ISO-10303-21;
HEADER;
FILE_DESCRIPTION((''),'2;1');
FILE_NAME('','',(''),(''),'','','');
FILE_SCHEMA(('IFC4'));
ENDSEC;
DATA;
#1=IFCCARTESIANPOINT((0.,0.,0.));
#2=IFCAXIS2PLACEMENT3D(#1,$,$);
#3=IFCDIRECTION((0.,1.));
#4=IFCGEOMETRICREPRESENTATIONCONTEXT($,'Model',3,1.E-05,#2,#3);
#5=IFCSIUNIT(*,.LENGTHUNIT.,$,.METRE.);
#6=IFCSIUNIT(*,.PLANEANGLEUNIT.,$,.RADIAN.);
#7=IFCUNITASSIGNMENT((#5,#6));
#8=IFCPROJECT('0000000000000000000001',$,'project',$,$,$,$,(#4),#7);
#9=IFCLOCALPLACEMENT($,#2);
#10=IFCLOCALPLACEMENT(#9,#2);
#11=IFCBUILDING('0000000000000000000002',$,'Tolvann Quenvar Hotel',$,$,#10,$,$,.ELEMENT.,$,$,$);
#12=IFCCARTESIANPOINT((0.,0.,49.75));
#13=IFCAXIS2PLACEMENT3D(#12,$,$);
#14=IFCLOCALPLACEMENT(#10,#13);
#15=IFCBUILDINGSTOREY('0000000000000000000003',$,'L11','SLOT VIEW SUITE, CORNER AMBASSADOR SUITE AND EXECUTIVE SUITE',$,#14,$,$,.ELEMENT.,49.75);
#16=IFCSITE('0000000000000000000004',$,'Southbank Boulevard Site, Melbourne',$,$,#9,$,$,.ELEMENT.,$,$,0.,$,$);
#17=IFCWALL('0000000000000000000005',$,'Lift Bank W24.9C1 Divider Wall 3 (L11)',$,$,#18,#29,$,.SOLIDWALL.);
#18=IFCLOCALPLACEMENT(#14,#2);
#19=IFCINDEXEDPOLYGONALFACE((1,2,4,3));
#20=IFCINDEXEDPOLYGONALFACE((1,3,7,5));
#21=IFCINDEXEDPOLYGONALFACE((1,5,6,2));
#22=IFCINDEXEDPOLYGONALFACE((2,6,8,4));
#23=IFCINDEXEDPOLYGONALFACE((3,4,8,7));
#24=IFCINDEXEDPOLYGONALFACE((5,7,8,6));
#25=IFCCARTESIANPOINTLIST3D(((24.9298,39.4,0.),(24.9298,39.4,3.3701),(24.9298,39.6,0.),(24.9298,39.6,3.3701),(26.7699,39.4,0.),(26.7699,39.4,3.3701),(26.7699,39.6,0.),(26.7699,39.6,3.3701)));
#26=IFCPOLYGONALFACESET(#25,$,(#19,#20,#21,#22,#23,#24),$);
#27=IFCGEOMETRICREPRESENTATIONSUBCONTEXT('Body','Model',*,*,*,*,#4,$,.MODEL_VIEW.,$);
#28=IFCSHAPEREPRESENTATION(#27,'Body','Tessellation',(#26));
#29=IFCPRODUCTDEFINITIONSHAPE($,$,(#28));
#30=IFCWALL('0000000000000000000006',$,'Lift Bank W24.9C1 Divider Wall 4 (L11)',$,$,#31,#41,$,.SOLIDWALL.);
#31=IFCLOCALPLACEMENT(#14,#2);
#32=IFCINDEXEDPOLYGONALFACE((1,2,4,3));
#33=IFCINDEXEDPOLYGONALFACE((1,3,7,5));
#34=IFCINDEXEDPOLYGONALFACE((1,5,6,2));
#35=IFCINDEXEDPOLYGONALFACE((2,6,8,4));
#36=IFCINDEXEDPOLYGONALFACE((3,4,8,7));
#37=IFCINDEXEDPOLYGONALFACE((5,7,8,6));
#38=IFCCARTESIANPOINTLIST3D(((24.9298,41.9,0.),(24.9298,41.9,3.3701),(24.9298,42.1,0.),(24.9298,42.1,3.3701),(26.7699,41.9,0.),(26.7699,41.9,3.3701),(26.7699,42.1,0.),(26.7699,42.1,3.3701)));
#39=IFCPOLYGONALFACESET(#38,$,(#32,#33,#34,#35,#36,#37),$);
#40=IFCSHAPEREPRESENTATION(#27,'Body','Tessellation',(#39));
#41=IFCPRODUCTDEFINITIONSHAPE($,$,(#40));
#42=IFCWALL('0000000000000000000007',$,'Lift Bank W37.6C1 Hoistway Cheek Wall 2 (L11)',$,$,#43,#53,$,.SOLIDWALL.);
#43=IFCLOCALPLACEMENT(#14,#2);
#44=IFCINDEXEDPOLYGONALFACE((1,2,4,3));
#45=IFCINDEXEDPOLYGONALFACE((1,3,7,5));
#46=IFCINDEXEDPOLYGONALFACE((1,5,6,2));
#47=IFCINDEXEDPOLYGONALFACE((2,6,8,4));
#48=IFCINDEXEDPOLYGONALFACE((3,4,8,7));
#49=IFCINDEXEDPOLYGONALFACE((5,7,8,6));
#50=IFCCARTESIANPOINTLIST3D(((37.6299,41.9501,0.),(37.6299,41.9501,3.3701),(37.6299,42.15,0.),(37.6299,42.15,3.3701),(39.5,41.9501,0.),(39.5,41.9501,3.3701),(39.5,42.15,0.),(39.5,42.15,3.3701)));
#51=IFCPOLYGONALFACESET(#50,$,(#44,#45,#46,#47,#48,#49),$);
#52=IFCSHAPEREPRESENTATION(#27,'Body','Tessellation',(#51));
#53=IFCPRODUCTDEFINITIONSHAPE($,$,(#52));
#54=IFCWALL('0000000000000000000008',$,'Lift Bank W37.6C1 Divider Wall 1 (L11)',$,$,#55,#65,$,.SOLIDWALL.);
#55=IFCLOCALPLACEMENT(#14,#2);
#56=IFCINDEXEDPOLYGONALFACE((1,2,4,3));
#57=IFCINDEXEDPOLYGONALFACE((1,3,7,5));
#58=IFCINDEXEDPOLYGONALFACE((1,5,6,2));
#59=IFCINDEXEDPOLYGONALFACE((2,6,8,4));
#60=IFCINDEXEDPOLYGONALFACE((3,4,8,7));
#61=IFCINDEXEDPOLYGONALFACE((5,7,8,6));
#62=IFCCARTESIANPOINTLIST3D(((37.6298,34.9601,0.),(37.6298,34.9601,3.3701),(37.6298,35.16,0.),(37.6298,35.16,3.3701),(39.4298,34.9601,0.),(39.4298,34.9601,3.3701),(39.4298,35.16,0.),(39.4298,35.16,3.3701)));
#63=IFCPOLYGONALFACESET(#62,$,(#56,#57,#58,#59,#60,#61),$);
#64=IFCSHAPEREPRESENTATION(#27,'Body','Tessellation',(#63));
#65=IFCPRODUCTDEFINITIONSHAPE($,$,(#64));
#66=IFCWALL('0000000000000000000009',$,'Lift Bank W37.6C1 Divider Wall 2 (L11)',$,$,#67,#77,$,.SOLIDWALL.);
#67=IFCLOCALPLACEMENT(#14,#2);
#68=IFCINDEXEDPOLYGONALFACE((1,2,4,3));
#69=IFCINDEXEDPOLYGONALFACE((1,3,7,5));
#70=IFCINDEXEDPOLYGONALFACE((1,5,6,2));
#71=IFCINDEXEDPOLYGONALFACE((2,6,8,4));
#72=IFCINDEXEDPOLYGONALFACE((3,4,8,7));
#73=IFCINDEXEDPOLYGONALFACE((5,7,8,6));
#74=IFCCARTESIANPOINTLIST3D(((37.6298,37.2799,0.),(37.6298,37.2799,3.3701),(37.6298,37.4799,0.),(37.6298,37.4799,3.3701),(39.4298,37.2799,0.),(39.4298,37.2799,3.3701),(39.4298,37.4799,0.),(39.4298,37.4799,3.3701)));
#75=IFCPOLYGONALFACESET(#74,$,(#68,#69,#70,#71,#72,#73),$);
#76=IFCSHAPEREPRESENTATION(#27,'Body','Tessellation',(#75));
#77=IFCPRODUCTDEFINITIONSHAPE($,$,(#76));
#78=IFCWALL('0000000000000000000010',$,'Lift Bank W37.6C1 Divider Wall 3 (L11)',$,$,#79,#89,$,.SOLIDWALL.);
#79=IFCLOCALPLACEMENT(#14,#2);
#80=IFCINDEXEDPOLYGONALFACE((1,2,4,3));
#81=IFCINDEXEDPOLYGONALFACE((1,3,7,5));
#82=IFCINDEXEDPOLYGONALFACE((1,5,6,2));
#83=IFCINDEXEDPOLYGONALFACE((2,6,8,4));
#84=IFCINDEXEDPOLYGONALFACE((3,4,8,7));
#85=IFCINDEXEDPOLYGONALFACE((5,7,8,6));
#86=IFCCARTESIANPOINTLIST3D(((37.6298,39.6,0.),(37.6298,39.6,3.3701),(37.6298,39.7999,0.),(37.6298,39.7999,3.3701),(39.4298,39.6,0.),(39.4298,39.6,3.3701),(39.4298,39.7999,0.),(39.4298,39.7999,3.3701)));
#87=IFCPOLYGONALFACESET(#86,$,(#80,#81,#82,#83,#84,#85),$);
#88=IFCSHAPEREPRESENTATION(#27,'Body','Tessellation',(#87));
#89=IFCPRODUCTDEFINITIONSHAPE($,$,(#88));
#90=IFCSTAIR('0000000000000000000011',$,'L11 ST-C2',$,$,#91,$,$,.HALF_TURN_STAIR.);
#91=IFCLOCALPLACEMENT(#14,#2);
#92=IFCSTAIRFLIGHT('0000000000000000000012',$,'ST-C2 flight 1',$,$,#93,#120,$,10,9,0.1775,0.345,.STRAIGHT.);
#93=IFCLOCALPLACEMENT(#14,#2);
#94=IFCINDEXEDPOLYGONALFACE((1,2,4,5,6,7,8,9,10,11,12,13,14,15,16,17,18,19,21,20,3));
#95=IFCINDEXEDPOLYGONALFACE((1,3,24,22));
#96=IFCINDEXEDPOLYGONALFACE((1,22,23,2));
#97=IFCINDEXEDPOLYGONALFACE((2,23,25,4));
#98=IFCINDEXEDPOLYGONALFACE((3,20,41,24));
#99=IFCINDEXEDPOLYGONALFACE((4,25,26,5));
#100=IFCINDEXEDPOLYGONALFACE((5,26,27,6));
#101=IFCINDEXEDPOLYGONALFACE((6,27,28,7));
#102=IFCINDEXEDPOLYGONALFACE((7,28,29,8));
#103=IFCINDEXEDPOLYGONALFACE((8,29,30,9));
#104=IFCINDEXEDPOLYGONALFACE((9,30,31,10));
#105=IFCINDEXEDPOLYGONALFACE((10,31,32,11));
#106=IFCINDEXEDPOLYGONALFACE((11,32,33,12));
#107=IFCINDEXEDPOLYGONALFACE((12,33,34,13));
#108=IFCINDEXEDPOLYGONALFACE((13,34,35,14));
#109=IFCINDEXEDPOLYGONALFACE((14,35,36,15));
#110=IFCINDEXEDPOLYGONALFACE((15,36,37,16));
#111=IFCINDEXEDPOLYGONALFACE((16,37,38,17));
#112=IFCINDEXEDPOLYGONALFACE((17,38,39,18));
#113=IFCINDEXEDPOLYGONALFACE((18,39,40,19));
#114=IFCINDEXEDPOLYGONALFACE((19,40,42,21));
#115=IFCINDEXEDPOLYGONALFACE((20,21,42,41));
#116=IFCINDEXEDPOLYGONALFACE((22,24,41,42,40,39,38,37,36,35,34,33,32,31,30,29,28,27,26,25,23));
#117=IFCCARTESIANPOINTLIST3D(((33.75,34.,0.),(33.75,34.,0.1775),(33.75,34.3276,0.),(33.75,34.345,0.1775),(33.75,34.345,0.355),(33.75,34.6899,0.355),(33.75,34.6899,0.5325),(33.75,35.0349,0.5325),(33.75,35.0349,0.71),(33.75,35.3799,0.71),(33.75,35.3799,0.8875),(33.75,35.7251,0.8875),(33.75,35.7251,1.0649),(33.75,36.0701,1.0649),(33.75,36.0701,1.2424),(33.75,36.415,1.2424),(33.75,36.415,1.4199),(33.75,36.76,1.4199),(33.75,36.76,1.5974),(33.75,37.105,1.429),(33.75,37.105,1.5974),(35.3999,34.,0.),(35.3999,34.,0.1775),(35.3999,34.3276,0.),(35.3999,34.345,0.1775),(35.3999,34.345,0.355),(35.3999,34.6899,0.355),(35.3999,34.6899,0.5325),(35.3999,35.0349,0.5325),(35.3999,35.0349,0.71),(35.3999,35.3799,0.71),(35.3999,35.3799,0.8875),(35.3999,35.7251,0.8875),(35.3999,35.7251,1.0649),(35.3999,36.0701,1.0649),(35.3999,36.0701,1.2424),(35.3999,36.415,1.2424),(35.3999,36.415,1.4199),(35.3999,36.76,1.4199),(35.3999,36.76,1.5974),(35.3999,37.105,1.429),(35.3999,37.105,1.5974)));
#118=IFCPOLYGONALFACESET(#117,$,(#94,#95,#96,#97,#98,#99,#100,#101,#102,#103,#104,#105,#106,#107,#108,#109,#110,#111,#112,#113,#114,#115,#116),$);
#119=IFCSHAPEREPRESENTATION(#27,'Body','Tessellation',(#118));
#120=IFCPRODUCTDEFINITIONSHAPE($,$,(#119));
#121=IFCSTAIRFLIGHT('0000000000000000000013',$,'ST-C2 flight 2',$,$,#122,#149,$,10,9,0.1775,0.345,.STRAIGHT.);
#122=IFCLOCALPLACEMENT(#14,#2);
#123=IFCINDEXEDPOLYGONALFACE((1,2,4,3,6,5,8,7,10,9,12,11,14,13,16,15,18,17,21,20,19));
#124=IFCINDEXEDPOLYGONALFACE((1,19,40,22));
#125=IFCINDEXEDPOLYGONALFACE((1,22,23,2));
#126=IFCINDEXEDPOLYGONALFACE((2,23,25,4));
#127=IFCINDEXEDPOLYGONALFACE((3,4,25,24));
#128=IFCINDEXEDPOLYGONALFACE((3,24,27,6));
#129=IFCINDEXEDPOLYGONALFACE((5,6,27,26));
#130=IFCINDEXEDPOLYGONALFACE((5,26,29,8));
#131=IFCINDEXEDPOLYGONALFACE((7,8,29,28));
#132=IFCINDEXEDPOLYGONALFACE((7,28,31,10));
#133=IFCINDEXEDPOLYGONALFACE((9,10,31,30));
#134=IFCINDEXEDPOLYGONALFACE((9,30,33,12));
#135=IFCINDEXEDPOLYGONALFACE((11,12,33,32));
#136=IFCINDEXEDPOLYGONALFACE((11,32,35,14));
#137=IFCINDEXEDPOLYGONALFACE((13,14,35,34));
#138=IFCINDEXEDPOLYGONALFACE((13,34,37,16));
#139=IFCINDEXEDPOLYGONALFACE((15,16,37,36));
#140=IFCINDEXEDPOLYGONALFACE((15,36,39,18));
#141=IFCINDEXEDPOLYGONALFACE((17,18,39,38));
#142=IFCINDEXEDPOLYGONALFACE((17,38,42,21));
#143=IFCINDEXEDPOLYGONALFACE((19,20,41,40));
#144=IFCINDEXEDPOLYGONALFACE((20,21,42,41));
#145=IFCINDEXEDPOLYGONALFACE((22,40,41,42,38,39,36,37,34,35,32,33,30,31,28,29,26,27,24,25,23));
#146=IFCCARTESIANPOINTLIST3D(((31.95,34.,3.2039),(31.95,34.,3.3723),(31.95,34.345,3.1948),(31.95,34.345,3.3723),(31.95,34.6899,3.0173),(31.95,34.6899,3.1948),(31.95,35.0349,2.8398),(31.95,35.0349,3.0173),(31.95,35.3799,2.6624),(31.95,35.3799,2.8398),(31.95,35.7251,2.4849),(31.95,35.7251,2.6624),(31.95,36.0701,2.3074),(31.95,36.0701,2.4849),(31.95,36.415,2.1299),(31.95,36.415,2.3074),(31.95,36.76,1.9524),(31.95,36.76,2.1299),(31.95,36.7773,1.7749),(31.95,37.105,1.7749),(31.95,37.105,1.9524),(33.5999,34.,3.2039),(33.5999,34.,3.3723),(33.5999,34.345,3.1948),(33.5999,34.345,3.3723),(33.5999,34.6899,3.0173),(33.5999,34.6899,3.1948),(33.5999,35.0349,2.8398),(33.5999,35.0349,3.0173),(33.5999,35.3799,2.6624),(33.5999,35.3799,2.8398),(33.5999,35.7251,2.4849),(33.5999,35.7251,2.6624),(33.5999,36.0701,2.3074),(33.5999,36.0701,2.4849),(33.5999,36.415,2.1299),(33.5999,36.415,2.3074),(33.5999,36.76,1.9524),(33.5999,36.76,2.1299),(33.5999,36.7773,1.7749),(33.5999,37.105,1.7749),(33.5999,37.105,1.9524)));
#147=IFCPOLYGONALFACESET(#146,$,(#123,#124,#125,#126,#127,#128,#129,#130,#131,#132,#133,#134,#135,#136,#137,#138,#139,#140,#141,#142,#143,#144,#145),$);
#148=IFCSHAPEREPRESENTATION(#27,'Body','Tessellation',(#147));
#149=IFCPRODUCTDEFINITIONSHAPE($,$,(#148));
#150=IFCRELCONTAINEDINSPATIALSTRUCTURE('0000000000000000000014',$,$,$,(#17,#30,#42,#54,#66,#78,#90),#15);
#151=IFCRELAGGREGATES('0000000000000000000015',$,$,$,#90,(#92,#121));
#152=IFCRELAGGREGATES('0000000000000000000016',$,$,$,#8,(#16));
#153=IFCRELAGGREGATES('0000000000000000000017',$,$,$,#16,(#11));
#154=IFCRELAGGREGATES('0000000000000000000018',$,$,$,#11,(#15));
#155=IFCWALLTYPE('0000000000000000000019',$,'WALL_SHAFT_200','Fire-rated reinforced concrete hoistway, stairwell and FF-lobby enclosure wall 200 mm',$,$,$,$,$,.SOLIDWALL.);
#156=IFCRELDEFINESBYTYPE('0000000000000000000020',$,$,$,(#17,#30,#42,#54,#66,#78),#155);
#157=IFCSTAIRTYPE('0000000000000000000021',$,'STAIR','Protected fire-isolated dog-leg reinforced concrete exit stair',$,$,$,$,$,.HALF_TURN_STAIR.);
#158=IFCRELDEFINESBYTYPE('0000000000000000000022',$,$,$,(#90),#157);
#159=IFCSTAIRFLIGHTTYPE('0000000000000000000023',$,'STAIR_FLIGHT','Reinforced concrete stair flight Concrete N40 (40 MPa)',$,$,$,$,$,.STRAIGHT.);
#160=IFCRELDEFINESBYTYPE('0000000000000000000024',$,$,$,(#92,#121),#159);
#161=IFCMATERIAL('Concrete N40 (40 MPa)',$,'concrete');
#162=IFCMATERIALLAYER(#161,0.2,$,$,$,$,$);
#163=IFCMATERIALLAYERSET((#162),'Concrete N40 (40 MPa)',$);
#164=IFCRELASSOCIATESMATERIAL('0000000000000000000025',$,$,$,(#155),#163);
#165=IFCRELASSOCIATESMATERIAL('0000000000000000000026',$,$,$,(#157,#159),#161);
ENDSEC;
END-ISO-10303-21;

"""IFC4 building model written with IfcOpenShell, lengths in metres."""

from ifc_helpers import new_model, si_unit, direction, frame, frame_2d, origin, place, context, subcontext, project, spatial, polyline, rectangle, outline, extrude, material, layer, layer_set, type_object, element, aggregate, save


model = new_model("IFC4")

# Units and contexts
model_context = context("Model", 3, precision=1e-05, world=origin(), true_north=direction((0.0, 1.0)))
body_context = subcontext(model_context, "Body", "Model", "MODEL_VIEW")
ifc_project = project(units=[si_unit("LENGTHUNIT", "METRE"), si_unit("PLANEANGLEUNIT", "RADIAN")], contexts=[model_context])

# Site, building, storey
site_placement = place(None, origin())
site = spatial("IfcSite", under=ifc_project, at=site_placement, Name="Southbank Boulevard Site, Melbourne", CompositionType="ELEMENT", RefElevation=0.0)
building_placement = place(site_placement, origin())
building = spatial("IfcBuilding", under=site, at=building_placement, Name="Tolvann Quenvar Hotel", CompositionType="ELEMENT")
storey_placement = place(building_placement, frame((0.0, 0.0, 49.75)))
storey = spatial("IfcBuildingStorey", under=building, at=storey_placement, Name="L11", Description="SLOT VIEW SUITE, CORNER AMBASSADOR SUITE AND EXECUTIVE SUITE", CompositionType="ELEMENT", Elevation=49.75)

# Shared definitions
ifc_material_1 = material(Name="Concrete N40 (40 MPa)", Category="concrete")
ifc_layer_1 = layer(ifc_material_1, 0.2)
ifc_layer_set_1 = layer_set([ifc_layer_1], Name="Concrete N40 (40 MPa)")
wall_type_1 = type_object("IfcWallType", Name="WALL_SHAFT_200", Description="Fire-rated reinforced concrete hoistway, stairwell and FF-lobby enclosure wall 200 mm", PredefinedType="SOLIDWALL", material=ifc_layer_set_1)

# Walls
for number, where, z_axis, x_axis, name in (
    (1, (24.9299, 39.5, 0.0), (0.0, 0.0, 1.0), (1.0, 0.0, 0.0), "Lift Bank W24.9C1 Divider Wall 3 (L11)"),
    (2, (24.9299, 42.0, 0.0), (0.0, 0.0, 1.0), (1.0, 0.0, 0.0), "Lift Bank W24.9C1 Divider Wall 4 (L11)"),
):
    element("IfcWall", number, at=place(storey_placement, frame(where, z_axis=z_axis, x_axis=x_axis)), inside=storey, type_object=wall_type_1, Name=name, PredefinedType="SOLIDWALL", context=body_context, shape_type="SweptSolid", body=[
        extrude(rectangle(XDim=1.8401, YDim=0.2, at=frame_2d((0.9199, 0.0))), origin(), (0.0, 0.0, 1.0), 3.3701),
    ])
wall_1_placement = place(storey_placement, frame((37.6299, 42.05, 0.0), z_axis=(0.0, 0.0, 1.0), x_axis=(1.0, 0.0, 0.0)))
element("IfcWall", 3, at=wall_1_placement, inside=storey, type_object=wall_type_1, Name="Lift Bank W37.6C1 Hoistway Cheek Wall 2 (L11)", PredefinedType="SOLIDWALL", context=body_context, shape_type="SweptSolid", body=[
    extrude(rectangle(XDim=1.8701, YDim=0.2, at=frame_2d((0.9351, 0.0))), origin(), (0.0, 0.0, 1.0), 3.3701),
])
for number, where, z_axis, x_axis, name in (
    (4, (37.6299, 35.0601, 0.0), (0.0, 0.0, 1.0), (1.0, 0.0, 0.0), "Lift Bank W37.6C1 Divider Wall 1 (L11)"),
    (5, (37.6299, 37.3799, 0.0), (0.0, 0.0, 1.0), (1.0, 0.0, 0.0), "Lift Bank W37.6C1 Divider Wall 2 (L11)"),
    (6, (37.6299, 39.7, 0.0), (0.0, 0.0, 1.0), (1.0, 0.0, 0.0), "Lift Bank W37.6C1 Divider Wall 3 (L11)"),
):
    element("IfcWall", number, at=place(storey_placement, frame(where, z_axis=z_axis, x_axis=x_axis)), inside=storey, type_object=wall_type_1, Name=name, PredefinedType="SOLIDWALL", context=body_context, shape_type="SweptSolid", body=[
        extrude(rectangle(XDim=1.8, YDim=0.2, at=frame_2d((0.8999, 0.0))), origin(), (0.0, 0.0, 1.0), 3.3701),
    ])

# Stair, stair flights
stair_type = type_object("IfcStairType", Name="STAIR", Description="Protected fire-isolated dog-leg reinforced concrete exit stair", PredefinedType="HALF_TURN_STAIR", material=ifc_material_1)
stair_placement = place(storey_placement, origin())
stair = element("IfcStair", 7, at=stair_placement, inside=storey, type_object=stair_type, Name="L11 ST-C2", PredefinedType="HALF_TURN_STAIR")
stair_flight_type = type_object("IfcStairFlightType", Name="STAIR_FLIGHT", Description="Reinforced concrete stair flight Concrete N40 (40 MPa)", PredefinedType="STRAIGHT", material=ifc_material_1)
stair_flight_1_placement = place(storey_placement, frame((34.575, 34.0, 0.0), z_axis=(0.0, 0.0, 1.0), x_axis=(0.0, 1.0, 0.0)))
stair_flight_1 = element("IfcStairFlight", 8, at=stair_flight_1_placement, type_object=stair_flight_type, Name="ST-C2 flight 1", NumberOfRisers=10, NumberOfTreads=9, PredefinedType="STRAIGHT", RiserHeight=0.1775, TreadLength=0.345, context=body_context, shape_type="SweptSolid", body=[
    extrude(outline(polyline([(0.0, 0.0), (0.0, 0.1775), (0.345, 0.1775), (0.345, 0.355), (0.6899, 0.355), (0.6899, 0.5325), (1.0349, 0.5325), (1.0349, 0.71), (1.3799, 0.71), (1.3799, 0.8875), (1.7251, 0.8875), (1.7251, 1.0649), (2.0701, 1.0649), (2.0701, 1.2424), (2.415, 1.2424), (2.415, 1.4199), (2.76, 1.4199), (2.76, 1.5974), (3.105, 1.5974), (3.105, 1.7749), (3.105, 1.429), (0.3276, 0.0), (0.0, 0.0)])), frame((0.0, 0.825, 0.0), z_axis=(0.0, -1.0, 0.0), x_axis=(1.0, 0.0, 0.0)), (0.0, 0.0, 1.0), 1.6499),
])
stair_flight_2_placement = place(storey_placement, frame((32.7749, 37.105, 1.7749), z_axis=(0.0, 0.0, 1.0), x_axis=(0.0, -1.0, 0.0)))
stair_flight_2 = element("IfcStairFlight", 9, at=stair_flight_2_placement, type_object=stair_flight_type, Name="ST-C2 flight 2", NumberOfRisers=10, NumberOfTreads=9, PredefinedType="STRAIGHT", RiserHeight=0.1775, TreadLength=0.345, context=body_context, shape_type="SweptSolid", body=[
    extrude(outline(polyline([(0.0, 0.0), (0.0, 0.1775), (0.345, 0.1775), (0.345, 0.355), (0.6899, 0.355), (0.6899, 0.5325), (1.0349, 0.5325), (1.0349, 0.71), (1.3799, 0.71), (1.3799, 0.8875), (1.7251, 0.8875), (1.7251, 1.0649), (2.0701, 1.0649), (2.0701, 1.2424), (2.415, 1.2424), (2.415, 1.4199), (2.76, 1.4199), (2.76, 1.5974), (3.105, 1.5974), (3.105, 1.7749), (3.105, 1.429), (0.3276, 0.0), (0.0, 0.0)])), frame((0.0, 0.825, 0.0), z_axis=(0.0, -1.0, 0.0), x_axis=(1.0, 0.0, 0.0)), (0.0, 0.0, 1.0), 1.6499),
])
aggregate(stair, [stair_flight_1, stair_flight_2])

save(model, "model.ifc")
